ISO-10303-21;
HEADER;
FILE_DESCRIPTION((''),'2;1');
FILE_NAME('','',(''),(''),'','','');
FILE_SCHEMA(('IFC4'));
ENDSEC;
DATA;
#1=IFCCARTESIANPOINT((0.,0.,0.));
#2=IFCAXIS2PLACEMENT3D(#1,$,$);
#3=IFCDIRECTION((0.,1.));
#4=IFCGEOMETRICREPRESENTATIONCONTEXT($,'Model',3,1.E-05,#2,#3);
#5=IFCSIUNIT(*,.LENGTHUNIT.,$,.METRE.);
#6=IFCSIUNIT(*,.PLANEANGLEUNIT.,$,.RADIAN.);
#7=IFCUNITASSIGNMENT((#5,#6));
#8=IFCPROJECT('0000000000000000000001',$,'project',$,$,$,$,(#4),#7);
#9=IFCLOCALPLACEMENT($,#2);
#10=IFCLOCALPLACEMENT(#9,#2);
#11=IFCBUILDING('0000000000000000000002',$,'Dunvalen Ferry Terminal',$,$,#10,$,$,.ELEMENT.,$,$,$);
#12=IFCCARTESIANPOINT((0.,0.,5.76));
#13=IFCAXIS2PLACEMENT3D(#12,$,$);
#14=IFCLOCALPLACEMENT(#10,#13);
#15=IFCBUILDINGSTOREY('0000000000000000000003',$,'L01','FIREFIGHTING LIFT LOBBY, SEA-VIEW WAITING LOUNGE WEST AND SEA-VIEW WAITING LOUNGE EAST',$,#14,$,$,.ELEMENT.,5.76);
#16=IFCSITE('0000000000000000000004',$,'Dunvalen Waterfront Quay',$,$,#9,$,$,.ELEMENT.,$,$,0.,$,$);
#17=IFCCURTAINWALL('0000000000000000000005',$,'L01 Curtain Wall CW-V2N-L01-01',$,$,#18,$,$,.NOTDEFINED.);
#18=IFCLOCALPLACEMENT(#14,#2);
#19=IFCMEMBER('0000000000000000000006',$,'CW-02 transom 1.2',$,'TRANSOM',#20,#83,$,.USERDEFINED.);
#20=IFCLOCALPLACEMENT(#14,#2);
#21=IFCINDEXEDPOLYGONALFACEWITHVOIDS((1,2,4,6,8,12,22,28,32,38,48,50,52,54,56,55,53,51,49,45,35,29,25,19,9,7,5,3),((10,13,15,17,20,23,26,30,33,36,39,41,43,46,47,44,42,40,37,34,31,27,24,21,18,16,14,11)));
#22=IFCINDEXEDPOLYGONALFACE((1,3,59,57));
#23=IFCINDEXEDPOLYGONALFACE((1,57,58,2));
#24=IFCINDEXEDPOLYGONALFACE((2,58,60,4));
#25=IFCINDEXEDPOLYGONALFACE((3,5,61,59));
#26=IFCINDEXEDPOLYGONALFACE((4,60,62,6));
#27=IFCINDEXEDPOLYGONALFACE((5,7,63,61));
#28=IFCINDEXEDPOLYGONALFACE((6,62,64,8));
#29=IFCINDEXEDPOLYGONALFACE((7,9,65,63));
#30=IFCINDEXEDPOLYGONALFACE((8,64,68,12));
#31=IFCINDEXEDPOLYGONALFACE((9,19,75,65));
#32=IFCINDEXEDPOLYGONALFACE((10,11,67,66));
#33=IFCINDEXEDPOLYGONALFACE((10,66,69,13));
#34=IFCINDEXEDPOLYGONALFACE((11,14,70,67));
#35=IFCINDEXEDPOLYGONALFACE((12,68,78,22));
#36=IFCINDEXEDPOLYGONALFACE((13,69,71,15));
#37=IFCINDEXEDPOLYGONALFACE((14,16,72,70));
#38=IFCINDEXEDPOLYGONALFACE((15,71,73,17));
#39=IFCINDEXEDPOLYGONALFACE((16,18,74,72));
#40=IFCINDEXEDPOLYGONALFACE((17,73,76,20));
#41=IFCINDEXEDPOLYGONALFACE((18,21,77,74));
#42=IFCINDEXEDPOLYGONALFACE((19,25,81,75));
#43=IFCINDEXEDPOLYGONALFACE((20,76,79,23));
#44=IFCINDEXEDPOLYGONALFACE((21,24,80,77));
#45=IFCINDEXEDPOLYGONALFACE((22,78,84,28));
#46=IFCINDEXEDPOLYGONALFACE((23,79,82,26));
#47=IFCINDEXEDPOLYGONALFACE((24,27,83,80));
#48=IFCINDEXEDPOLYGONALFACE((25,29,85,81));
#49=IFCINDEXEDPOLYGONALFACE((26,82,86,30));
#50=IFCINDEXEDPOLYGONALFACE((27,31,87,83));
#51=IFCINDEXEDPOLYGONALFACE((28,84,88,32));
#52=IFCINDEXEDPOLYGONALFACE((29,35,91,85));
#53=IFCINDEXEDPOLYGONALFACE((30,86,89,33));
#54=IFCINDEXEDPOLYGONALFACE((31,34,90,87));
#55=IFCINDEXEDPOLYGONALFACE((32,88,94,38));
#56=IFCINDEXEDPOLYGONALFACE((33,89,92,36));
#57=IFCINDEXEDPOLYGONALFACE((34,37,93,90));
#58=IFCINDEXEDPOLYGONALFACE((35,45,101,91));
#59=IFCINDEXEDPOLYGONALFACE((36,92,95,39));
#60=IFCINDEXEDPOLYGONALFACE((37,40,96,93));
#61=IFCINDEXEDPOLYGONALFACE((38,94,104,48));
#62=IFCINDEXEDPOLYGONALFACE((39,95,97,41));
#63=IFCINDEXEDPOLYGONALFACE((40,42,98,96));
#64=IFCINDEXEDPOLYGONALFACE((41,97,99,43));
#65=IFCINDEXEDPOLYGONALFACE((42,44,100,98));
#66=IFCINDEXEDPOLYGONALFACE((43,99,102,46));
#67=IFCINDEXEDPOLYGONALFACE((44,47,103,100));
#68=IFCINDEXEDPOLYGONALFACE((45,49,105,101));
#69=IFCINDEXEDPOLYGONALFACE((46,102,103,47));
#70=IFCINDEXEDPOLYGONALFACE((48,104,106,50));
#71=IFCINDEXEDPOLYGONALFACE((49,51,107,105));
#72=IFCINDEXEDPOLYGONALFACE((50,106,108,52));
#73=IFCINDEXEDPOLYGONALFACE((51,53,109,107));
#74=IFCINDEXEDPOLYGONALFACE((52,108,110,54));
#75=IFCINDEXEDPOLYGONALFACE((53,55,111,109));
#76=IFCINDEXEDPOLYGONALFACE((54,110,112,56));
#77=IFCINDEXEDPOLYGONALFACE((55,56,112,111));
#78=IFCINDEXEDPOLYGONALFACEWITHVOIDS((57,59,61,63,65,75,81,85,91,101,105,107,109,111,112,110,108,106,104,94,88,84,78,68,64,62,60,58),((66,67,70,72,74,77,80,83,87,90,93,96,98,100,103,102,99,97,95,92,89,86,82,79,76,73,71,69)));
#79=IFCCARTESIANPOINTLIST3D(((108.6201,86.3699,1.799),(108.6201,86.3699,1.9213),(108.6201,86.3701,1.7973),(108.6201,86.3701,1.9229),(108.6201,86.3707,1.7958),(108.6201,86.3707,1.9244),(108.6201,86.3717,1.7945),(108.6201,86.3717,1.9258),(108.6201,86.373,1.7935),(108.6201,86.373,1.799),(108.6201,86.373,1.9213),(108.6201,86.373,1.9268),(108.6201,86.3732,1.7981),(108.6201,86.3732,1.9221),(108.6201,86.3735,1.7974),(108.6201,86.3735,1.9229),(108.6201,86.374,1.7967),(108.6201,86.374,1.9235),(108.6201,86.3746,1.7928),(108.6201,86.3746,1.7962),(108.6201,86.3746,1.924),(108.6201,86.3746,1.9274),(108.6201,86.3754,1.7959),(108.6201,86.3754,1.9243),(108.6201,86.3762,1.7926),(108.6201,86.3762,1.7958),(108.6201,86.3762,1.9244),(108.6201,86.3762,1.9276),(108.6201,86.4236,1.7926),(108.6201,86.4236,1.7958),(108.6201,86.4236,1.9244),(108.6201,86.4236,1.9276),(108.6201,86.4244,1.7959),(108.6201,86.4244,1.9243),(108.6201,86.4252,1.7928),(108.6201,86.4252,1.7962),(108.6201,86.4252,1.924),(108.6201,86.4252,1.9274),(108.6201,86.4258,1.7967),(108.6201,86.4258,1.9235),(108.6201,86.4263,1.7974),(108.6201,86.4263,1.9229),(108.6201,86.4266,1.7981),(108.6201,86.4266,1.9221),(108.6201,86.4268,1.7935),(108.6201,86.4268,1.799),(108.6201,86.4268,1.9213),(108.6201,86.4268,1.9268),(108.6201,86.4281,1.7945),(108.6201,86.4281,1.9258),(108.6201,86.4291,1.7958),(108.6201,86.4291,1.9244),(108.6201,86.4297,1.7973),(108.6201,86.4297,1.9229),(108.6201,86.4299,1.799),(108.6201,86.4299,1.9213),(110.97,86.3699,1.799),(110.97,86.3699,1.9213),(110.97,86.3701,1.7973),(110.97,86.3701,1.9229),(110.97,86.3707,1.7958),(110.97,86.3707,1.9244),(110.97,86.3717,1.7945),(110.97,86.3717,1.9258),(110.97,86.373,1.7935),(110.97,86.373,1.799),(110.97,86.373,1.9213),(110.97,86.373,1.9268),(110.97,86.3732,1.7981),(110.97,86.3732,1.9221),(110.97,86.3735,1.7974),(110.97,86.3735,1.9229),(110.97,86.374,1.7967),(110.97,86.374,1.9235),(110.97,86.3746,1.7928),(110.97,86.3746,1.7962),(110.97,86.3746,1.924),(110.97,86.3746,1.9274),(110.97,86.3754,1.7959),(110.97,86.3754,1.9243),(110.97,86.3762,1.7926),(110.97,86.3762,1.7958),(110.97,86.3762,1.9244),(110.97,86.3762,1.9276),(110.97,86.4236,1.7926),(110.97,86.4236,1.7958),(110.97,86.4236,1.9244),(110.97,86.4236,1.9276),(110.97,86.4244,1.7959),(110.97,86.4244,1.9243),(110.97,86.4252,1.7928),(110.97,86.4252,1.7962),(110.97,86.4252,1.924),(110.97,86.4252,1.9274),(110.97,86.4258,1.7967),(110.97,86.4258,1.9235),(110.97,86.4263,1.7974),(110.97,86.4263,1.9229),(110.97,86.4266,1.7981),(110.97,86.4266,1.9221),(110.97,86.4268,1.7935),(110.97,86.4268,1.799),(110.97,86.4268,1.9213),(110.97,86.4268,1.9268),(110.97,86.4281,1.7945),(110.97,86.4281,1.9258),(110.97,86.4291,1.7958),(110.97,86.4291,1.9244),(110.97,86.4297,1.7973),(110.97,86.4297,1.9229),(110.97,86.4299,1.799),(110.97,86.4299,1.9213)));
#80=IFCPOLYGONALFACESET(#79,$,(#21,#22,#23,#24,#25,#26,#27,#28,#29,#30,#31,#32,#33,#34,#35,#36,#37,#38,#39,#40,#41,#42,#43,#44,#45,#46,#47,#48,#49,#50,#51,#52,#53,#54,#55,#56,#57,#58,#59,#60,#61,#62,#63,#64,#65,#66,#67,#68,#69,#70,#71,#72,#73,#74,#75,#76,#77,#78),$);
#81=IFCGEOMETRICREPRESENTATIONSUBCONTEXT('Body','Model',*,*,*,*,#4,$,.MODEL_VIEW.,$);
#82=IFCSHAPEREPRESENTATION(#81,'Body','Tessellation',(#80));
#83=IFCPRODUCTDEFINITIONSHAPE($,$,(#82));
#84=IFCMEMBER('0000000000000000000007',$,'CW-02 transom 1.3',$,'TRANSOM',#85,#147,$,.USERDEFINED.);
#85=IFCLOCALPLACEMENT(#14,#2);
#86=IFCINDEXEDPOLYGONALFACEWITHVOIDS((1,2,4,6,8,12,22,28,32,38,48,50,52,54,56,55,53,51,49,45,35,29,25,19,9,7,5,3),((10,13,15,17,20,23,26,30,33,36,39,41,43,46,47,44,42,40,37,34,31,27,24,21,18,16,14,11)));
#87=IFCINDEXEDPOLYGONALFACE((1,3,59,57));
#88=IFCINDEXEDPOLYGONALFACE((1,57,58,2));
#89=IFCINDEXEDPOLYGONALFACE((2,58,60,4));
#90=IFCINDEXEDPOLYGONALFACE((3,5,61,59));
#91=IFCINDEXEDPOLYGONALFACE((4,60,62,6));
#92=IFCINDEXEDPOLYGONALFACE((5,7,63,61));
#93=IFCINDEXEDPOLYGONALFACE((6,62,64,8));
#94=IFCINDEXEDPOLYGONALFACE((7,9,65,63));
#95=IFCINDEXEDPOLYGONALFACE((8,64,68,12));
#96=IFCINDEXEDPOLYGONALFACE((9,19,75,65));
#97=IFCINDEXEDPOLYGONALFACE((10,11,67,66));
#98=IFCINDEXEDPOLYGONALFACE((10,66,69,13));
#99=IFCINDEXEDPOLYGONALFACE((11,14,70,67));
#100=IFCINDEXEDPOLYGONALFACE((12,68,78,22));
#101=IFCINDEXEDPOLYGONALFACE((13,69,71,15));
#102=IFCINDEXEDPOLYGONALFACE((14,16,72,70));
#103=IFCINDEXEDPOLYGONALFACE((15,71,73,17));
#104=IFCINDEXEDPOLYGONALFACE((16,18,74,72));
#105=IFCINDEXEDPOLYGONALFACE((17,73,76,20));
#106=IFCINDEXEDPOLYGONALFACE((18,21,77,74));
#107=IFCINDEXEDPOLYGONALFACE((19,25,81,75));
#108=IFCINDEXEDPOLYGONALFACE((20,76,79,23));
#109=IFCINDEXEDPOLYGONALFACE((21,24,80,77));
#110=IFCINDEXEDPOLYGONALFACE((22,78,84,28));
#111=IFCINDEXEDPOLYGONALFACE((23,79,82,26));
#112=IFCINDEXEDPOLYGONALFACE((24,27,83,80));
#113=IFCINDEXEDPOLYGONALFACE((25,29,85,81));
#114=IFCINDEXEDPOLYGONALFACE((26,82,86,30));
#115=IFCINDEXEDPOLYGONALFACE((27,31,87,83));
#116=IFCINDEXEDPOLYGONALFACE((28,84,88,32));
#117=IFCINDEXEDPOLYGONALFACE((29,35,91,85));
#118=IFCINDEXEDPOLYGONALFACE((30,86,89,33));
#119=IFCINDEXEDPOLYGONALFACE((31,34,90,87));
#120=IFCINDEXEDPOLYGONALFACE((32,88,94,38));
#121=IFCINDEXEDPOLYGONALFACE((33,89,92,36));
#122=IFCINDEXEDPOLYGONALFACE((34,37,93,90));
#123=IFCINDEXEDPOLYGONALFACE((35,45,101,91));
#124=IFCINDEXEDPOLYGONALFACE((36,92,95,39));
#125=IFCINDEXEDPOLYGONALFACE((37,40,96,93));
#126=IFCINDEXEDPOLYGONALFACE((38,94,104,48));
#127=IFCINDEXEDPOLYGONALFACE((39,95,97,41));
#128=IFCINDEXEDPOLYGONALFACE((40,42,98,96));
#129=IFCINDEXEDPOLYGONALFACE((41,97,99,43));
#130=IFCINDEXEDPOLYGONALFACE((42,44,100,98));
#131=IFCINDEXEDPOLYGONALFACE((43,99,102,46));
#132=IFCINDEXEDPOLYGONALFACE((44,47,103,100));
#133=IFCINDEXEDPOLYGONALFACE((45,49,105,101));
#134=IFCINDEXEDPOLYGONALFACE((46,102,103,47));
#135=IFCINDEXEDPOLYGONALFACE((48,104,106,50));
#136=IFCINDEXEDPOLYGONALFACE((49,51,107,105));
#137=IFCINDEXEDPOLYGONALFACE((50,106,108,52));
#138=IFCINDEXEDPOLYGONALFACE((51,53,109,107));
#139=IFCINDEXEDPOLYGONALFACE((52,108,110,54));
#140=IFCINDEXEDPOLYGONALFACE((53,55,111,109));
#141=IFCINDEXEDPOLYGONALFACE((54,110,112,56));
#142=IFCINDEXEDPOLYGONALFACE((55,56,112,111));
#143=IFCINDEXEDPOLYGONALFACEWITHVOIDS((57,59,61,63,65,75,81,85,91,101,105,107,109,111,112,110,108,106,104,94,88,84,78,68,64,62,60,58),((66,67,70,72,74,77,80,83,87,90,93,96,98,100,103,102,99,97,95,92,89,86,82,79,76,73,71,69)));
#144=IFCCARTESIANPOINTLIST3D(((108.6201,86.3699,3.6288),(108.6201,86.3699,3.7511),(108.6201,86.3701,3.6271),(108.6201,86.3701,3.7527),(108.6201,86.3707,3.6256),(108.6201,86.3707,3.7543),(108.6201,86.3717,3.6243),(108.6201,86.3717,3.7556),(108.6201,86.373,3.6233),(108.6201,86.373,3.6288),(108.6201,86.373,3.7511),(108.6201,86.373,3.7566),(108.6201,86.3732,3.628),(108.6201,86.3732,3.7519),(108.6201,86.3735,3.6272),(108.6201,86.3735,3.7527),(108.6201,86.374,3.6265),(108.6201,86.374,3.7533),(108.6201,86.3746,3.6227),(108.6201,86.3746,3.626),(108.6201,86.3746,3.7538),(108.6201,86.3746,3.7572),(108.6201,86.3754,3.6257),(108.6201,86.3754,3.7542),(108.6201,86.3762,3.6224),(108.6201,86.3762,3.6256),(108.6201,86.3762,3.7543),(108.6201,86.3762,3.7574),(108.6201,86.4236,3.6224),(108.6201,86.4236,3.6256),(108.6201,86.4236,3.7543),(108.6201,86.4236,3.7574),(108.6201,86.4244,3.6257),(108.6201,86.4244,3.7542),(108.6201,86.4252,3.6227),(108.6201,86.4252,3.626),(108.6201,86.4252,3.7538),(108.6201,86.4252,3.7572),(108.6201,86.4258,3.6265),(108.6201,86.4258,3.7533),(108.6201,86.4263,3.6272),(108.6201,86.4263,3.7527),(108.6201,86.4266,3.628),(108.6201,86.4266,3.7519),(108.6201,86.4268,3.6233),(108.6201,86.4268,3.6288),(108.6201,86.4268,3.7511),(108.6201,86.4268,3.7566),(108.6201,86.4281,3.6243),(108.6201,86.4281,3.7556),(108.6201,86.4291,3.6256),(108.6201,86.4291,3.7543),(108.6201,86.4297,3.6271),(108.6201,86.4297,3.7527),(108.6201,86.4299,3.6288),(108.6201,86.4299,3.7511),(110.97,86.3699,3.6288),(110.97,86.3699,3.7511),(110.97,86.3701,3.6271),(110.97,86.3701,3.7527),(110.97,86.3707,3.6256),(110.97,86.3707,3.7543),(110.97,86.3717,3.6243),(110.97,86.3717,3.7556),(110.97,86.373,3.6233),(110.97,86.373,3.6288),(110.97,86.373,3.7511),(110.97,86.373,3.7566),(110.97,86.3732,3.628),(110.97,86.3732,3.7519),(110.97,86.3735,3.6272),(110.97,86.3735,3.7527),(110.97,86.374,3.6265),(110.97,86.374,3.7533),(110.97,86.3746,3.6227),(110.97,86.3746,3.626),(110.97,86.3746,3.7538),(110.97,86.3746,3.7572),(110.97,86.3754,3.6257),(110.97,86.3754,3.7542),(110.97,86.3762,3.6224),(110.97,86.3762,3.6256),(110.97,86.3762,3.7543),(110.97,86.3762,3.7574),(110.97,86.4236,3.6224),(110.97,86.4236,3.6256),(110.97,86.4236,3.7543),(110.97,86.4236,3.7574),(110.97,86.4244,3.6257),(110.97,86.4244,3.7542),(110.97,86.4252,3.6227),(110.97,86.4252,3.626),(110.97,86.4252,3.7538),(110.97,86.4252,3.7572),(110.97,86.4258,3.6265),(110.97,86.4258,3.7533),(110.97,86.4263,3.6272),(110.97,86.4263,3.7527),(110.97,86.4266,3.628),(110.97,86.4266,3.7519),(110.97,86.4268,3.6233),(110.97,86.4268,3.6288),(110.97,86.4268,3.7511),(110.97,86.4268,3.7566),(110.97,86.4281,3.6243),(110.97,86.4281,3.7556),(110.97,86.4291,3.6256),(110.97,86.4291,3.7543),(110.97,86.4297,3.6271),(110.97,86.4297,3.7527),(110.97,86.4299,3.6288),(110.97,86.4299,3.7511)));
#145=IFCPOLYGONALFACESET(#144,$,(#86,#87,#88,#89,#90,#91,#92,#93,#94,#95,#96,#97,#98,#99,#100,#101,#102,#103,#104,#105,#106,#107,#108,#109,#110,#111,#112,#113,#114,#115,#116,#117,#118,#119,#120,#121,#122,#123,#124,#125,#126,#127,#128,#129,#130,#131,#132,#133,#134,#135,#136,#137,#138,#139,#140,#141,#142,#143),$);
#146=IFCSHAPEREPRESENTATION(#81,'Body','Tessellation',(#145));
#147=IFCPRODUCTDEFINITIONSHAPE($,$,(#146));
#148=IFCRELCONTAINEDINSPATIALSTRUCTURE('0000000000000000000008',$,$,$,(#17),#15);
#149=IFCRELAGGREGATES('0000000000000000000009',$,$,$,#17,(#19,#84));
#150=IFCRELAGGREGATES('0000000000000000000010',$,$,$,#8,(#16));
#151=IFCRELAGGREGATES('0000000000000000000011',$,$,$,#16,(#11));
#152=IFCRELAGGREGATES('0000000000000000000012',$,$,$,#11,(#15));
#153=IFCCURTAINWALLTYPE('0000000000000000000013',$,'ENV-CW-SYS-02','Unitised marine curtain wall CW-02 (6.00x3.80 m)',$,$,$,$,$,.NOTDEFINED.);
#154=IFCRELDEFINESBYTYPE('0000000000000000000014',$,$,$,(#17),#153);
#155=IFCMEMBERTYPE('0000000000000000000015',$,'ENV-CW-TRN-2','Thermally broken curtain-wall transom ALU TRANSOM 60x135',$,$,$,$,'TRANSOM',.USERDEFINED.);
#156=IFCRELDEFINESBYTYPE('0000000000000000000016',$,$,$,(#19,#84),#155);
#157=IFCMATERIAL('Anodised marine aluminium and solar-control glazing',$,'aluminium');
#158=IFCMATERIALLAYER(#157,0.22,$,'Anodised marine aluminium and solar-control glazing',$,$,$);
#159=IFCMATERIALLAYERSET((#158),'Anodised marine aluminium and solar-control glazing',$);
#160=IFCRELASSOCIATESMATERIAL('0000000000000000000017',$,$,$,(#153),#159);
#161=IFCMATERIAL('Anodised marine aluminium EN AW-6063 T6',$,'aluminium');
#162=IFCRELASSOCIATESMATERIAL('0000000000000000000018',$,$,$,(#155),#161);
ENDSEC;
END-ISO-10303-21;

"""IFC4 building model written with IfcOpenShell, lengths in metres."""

from ifc_helpers import new_model, si_unit, direction, frame, origin, origin_2d, place, context, subcontext, project, spatial, hollow_rectangle, extrude, material, layer, layer_set, material_profile, profile_set, type_object, element, aggregate, save


model = new_model("IFC4")

# Units and contexts
model_context = context("Model", 3, precision=1e-05, world=origin(), true_north=direction((0.0, 1.0)))
body_context = subcontext(model_context, "Body", "Model", "MODEL_VIEW")
ifc_project = project(units=[si_unit("LENGTHUNIT", "METRE"), si_unit("PLANEANGLEUNIT", "RADIAN")], contexts=[model_context])

# Site, building, storey
site_placement = place(None, origin())
site = spatial("IfcSite", under=ifc_project, at=site_placement, Name="Dunvalen Waterfront Quay", CompositionType="ELEMENT", RefElevation=0.0)
building_placement = place(site_placement, origin())
building = spatial("IfcBuilding", under=site, at=building_placement, Name="Dunvalen Ferry Terminal", CompositionType="ELEMENT")
storey_placement = place(building_placement, frame((0.0, 0.0, 5.76)))
storey = spatial("IfcBuildingStorey", under=building, at=storey_placement, Name="L01", Description="FIREFIGHTING LIFT LOBBY, SEA-VIEW WAITING LOUNGE WEST AND SEA-VIEW WAITING LOUNGE EAST", CompositionType="ELEMENT", Elevation=5.76)

# Curtain wall
ifc_material_1 = material(Name="Anodised marine aluminium and solar-control glazing", Category="aluminium")
ifc_layer_1 = layer(ifc_material_1, 0.22, Name="Anodised marine aluminium and solar-control glazing")
ifc_layer_set_1 = layer_set([ifc_layer_1], Name="Anodised marine aluminium and solar-control glazing")
curtain_wall_type_1 = type_object("IfcCurtainWallType", Name="ENV-CW-SYS-02", Description="Unitised marine curtain wall CW-02 (6.00x3.80 m)", PredefinedType="NOTDEFINED", material=ifc_layer_set_1)
curtain_wall_1_placement = place(storey_placement, origin())
curtain_wall_1 = element("IfcCurtainWall", 1, at=curtain_wall_1_placement, inside=storey, type_object=curtain_wall_type_1, Name="L01 Curtain Wall CW-V2N-L01-01", PredefinedType="NOTDEFINED")
ifc_material_2 = material(Name="Anodised marine aluminium EN AW-6063 T6", Category="aluminium")

# Members
ifc_material_profile_1 = material_profile(ifc_material_2, hollow_rectangle(XDim=0.0601, YDim=0.135, WallThickness=0.0032, InnerFilletRadius=0.0032, OuterFilletRadius=0.0063, at=origin_2d()), Name="Anodised marine aluminium EN AW-6063 T6")
ifc_profile_set_1 = profile_set([ifc_material_profile_1], Name="Anodised marine aluminium EN AW-6063 T6")
member_type_1 = type_object("IfcMemberType", Name="ENV-CW-TRN-2", Description="Thermally broken curtain-wall transom ALU TRANSOM 60x135", ElementType="TRANSOM", PredefinedType="USERDEFINED", material=ifc_profile_set_1)
member_1_placement = place(storey_placement, frame((108.6201, 86.3999, 1.8601), z_axis=(1.0, 0.0, 0.0), x_axis=(0.0, 1.0, 0.0)))
member_1 = element("IfcMember", 2, at=member_1_placement, type_object=member_type_1, Name="CW-02 transom 1.2", ObjectType="TRANSOM", PredefinedType="USERDEFINED", context=body_context, shape_type="SweptSolid", body=[
    extrude(hollow_rectangle(XDim=0.0601, YDim=0.135, WallThickness=0.0032, InnerFilletRadius=0.0032, OuterFilletRadius=0.0063, at=origin_2d()), origin(), (0.0, 0.0, 1.0), 2.3499),
])
member_2_placement = place(storey_placement, frame((108.6201, 86.3999, 3.6899), z_axis=(1.0, 0.0, 0.0), x_axis=(0.0, 1.0, 0.0)))
member_2 = element("IfcMember", 3, at=member_2_placement, type_object=member_type_1, Name="CW-02 transom 1.3", ObjectType="TRANSOM", PredefinedType="USERDEFINED", context=body_context, shape_type="SweptSolid", body=[
    extrude(hollow_rectangle(XDim=0.0601, YDim=0.135, WallThickness=0.0032, InnerFilletRadius=0.0032, OuterFilletRadius=0.0063, at=origin_2d()), origin(), (0.0, 0.0, 1.0), 2.3499),
])

aggregate(curtain_wall_1, [member_1, member_2])

save(model, "model.ifc")
